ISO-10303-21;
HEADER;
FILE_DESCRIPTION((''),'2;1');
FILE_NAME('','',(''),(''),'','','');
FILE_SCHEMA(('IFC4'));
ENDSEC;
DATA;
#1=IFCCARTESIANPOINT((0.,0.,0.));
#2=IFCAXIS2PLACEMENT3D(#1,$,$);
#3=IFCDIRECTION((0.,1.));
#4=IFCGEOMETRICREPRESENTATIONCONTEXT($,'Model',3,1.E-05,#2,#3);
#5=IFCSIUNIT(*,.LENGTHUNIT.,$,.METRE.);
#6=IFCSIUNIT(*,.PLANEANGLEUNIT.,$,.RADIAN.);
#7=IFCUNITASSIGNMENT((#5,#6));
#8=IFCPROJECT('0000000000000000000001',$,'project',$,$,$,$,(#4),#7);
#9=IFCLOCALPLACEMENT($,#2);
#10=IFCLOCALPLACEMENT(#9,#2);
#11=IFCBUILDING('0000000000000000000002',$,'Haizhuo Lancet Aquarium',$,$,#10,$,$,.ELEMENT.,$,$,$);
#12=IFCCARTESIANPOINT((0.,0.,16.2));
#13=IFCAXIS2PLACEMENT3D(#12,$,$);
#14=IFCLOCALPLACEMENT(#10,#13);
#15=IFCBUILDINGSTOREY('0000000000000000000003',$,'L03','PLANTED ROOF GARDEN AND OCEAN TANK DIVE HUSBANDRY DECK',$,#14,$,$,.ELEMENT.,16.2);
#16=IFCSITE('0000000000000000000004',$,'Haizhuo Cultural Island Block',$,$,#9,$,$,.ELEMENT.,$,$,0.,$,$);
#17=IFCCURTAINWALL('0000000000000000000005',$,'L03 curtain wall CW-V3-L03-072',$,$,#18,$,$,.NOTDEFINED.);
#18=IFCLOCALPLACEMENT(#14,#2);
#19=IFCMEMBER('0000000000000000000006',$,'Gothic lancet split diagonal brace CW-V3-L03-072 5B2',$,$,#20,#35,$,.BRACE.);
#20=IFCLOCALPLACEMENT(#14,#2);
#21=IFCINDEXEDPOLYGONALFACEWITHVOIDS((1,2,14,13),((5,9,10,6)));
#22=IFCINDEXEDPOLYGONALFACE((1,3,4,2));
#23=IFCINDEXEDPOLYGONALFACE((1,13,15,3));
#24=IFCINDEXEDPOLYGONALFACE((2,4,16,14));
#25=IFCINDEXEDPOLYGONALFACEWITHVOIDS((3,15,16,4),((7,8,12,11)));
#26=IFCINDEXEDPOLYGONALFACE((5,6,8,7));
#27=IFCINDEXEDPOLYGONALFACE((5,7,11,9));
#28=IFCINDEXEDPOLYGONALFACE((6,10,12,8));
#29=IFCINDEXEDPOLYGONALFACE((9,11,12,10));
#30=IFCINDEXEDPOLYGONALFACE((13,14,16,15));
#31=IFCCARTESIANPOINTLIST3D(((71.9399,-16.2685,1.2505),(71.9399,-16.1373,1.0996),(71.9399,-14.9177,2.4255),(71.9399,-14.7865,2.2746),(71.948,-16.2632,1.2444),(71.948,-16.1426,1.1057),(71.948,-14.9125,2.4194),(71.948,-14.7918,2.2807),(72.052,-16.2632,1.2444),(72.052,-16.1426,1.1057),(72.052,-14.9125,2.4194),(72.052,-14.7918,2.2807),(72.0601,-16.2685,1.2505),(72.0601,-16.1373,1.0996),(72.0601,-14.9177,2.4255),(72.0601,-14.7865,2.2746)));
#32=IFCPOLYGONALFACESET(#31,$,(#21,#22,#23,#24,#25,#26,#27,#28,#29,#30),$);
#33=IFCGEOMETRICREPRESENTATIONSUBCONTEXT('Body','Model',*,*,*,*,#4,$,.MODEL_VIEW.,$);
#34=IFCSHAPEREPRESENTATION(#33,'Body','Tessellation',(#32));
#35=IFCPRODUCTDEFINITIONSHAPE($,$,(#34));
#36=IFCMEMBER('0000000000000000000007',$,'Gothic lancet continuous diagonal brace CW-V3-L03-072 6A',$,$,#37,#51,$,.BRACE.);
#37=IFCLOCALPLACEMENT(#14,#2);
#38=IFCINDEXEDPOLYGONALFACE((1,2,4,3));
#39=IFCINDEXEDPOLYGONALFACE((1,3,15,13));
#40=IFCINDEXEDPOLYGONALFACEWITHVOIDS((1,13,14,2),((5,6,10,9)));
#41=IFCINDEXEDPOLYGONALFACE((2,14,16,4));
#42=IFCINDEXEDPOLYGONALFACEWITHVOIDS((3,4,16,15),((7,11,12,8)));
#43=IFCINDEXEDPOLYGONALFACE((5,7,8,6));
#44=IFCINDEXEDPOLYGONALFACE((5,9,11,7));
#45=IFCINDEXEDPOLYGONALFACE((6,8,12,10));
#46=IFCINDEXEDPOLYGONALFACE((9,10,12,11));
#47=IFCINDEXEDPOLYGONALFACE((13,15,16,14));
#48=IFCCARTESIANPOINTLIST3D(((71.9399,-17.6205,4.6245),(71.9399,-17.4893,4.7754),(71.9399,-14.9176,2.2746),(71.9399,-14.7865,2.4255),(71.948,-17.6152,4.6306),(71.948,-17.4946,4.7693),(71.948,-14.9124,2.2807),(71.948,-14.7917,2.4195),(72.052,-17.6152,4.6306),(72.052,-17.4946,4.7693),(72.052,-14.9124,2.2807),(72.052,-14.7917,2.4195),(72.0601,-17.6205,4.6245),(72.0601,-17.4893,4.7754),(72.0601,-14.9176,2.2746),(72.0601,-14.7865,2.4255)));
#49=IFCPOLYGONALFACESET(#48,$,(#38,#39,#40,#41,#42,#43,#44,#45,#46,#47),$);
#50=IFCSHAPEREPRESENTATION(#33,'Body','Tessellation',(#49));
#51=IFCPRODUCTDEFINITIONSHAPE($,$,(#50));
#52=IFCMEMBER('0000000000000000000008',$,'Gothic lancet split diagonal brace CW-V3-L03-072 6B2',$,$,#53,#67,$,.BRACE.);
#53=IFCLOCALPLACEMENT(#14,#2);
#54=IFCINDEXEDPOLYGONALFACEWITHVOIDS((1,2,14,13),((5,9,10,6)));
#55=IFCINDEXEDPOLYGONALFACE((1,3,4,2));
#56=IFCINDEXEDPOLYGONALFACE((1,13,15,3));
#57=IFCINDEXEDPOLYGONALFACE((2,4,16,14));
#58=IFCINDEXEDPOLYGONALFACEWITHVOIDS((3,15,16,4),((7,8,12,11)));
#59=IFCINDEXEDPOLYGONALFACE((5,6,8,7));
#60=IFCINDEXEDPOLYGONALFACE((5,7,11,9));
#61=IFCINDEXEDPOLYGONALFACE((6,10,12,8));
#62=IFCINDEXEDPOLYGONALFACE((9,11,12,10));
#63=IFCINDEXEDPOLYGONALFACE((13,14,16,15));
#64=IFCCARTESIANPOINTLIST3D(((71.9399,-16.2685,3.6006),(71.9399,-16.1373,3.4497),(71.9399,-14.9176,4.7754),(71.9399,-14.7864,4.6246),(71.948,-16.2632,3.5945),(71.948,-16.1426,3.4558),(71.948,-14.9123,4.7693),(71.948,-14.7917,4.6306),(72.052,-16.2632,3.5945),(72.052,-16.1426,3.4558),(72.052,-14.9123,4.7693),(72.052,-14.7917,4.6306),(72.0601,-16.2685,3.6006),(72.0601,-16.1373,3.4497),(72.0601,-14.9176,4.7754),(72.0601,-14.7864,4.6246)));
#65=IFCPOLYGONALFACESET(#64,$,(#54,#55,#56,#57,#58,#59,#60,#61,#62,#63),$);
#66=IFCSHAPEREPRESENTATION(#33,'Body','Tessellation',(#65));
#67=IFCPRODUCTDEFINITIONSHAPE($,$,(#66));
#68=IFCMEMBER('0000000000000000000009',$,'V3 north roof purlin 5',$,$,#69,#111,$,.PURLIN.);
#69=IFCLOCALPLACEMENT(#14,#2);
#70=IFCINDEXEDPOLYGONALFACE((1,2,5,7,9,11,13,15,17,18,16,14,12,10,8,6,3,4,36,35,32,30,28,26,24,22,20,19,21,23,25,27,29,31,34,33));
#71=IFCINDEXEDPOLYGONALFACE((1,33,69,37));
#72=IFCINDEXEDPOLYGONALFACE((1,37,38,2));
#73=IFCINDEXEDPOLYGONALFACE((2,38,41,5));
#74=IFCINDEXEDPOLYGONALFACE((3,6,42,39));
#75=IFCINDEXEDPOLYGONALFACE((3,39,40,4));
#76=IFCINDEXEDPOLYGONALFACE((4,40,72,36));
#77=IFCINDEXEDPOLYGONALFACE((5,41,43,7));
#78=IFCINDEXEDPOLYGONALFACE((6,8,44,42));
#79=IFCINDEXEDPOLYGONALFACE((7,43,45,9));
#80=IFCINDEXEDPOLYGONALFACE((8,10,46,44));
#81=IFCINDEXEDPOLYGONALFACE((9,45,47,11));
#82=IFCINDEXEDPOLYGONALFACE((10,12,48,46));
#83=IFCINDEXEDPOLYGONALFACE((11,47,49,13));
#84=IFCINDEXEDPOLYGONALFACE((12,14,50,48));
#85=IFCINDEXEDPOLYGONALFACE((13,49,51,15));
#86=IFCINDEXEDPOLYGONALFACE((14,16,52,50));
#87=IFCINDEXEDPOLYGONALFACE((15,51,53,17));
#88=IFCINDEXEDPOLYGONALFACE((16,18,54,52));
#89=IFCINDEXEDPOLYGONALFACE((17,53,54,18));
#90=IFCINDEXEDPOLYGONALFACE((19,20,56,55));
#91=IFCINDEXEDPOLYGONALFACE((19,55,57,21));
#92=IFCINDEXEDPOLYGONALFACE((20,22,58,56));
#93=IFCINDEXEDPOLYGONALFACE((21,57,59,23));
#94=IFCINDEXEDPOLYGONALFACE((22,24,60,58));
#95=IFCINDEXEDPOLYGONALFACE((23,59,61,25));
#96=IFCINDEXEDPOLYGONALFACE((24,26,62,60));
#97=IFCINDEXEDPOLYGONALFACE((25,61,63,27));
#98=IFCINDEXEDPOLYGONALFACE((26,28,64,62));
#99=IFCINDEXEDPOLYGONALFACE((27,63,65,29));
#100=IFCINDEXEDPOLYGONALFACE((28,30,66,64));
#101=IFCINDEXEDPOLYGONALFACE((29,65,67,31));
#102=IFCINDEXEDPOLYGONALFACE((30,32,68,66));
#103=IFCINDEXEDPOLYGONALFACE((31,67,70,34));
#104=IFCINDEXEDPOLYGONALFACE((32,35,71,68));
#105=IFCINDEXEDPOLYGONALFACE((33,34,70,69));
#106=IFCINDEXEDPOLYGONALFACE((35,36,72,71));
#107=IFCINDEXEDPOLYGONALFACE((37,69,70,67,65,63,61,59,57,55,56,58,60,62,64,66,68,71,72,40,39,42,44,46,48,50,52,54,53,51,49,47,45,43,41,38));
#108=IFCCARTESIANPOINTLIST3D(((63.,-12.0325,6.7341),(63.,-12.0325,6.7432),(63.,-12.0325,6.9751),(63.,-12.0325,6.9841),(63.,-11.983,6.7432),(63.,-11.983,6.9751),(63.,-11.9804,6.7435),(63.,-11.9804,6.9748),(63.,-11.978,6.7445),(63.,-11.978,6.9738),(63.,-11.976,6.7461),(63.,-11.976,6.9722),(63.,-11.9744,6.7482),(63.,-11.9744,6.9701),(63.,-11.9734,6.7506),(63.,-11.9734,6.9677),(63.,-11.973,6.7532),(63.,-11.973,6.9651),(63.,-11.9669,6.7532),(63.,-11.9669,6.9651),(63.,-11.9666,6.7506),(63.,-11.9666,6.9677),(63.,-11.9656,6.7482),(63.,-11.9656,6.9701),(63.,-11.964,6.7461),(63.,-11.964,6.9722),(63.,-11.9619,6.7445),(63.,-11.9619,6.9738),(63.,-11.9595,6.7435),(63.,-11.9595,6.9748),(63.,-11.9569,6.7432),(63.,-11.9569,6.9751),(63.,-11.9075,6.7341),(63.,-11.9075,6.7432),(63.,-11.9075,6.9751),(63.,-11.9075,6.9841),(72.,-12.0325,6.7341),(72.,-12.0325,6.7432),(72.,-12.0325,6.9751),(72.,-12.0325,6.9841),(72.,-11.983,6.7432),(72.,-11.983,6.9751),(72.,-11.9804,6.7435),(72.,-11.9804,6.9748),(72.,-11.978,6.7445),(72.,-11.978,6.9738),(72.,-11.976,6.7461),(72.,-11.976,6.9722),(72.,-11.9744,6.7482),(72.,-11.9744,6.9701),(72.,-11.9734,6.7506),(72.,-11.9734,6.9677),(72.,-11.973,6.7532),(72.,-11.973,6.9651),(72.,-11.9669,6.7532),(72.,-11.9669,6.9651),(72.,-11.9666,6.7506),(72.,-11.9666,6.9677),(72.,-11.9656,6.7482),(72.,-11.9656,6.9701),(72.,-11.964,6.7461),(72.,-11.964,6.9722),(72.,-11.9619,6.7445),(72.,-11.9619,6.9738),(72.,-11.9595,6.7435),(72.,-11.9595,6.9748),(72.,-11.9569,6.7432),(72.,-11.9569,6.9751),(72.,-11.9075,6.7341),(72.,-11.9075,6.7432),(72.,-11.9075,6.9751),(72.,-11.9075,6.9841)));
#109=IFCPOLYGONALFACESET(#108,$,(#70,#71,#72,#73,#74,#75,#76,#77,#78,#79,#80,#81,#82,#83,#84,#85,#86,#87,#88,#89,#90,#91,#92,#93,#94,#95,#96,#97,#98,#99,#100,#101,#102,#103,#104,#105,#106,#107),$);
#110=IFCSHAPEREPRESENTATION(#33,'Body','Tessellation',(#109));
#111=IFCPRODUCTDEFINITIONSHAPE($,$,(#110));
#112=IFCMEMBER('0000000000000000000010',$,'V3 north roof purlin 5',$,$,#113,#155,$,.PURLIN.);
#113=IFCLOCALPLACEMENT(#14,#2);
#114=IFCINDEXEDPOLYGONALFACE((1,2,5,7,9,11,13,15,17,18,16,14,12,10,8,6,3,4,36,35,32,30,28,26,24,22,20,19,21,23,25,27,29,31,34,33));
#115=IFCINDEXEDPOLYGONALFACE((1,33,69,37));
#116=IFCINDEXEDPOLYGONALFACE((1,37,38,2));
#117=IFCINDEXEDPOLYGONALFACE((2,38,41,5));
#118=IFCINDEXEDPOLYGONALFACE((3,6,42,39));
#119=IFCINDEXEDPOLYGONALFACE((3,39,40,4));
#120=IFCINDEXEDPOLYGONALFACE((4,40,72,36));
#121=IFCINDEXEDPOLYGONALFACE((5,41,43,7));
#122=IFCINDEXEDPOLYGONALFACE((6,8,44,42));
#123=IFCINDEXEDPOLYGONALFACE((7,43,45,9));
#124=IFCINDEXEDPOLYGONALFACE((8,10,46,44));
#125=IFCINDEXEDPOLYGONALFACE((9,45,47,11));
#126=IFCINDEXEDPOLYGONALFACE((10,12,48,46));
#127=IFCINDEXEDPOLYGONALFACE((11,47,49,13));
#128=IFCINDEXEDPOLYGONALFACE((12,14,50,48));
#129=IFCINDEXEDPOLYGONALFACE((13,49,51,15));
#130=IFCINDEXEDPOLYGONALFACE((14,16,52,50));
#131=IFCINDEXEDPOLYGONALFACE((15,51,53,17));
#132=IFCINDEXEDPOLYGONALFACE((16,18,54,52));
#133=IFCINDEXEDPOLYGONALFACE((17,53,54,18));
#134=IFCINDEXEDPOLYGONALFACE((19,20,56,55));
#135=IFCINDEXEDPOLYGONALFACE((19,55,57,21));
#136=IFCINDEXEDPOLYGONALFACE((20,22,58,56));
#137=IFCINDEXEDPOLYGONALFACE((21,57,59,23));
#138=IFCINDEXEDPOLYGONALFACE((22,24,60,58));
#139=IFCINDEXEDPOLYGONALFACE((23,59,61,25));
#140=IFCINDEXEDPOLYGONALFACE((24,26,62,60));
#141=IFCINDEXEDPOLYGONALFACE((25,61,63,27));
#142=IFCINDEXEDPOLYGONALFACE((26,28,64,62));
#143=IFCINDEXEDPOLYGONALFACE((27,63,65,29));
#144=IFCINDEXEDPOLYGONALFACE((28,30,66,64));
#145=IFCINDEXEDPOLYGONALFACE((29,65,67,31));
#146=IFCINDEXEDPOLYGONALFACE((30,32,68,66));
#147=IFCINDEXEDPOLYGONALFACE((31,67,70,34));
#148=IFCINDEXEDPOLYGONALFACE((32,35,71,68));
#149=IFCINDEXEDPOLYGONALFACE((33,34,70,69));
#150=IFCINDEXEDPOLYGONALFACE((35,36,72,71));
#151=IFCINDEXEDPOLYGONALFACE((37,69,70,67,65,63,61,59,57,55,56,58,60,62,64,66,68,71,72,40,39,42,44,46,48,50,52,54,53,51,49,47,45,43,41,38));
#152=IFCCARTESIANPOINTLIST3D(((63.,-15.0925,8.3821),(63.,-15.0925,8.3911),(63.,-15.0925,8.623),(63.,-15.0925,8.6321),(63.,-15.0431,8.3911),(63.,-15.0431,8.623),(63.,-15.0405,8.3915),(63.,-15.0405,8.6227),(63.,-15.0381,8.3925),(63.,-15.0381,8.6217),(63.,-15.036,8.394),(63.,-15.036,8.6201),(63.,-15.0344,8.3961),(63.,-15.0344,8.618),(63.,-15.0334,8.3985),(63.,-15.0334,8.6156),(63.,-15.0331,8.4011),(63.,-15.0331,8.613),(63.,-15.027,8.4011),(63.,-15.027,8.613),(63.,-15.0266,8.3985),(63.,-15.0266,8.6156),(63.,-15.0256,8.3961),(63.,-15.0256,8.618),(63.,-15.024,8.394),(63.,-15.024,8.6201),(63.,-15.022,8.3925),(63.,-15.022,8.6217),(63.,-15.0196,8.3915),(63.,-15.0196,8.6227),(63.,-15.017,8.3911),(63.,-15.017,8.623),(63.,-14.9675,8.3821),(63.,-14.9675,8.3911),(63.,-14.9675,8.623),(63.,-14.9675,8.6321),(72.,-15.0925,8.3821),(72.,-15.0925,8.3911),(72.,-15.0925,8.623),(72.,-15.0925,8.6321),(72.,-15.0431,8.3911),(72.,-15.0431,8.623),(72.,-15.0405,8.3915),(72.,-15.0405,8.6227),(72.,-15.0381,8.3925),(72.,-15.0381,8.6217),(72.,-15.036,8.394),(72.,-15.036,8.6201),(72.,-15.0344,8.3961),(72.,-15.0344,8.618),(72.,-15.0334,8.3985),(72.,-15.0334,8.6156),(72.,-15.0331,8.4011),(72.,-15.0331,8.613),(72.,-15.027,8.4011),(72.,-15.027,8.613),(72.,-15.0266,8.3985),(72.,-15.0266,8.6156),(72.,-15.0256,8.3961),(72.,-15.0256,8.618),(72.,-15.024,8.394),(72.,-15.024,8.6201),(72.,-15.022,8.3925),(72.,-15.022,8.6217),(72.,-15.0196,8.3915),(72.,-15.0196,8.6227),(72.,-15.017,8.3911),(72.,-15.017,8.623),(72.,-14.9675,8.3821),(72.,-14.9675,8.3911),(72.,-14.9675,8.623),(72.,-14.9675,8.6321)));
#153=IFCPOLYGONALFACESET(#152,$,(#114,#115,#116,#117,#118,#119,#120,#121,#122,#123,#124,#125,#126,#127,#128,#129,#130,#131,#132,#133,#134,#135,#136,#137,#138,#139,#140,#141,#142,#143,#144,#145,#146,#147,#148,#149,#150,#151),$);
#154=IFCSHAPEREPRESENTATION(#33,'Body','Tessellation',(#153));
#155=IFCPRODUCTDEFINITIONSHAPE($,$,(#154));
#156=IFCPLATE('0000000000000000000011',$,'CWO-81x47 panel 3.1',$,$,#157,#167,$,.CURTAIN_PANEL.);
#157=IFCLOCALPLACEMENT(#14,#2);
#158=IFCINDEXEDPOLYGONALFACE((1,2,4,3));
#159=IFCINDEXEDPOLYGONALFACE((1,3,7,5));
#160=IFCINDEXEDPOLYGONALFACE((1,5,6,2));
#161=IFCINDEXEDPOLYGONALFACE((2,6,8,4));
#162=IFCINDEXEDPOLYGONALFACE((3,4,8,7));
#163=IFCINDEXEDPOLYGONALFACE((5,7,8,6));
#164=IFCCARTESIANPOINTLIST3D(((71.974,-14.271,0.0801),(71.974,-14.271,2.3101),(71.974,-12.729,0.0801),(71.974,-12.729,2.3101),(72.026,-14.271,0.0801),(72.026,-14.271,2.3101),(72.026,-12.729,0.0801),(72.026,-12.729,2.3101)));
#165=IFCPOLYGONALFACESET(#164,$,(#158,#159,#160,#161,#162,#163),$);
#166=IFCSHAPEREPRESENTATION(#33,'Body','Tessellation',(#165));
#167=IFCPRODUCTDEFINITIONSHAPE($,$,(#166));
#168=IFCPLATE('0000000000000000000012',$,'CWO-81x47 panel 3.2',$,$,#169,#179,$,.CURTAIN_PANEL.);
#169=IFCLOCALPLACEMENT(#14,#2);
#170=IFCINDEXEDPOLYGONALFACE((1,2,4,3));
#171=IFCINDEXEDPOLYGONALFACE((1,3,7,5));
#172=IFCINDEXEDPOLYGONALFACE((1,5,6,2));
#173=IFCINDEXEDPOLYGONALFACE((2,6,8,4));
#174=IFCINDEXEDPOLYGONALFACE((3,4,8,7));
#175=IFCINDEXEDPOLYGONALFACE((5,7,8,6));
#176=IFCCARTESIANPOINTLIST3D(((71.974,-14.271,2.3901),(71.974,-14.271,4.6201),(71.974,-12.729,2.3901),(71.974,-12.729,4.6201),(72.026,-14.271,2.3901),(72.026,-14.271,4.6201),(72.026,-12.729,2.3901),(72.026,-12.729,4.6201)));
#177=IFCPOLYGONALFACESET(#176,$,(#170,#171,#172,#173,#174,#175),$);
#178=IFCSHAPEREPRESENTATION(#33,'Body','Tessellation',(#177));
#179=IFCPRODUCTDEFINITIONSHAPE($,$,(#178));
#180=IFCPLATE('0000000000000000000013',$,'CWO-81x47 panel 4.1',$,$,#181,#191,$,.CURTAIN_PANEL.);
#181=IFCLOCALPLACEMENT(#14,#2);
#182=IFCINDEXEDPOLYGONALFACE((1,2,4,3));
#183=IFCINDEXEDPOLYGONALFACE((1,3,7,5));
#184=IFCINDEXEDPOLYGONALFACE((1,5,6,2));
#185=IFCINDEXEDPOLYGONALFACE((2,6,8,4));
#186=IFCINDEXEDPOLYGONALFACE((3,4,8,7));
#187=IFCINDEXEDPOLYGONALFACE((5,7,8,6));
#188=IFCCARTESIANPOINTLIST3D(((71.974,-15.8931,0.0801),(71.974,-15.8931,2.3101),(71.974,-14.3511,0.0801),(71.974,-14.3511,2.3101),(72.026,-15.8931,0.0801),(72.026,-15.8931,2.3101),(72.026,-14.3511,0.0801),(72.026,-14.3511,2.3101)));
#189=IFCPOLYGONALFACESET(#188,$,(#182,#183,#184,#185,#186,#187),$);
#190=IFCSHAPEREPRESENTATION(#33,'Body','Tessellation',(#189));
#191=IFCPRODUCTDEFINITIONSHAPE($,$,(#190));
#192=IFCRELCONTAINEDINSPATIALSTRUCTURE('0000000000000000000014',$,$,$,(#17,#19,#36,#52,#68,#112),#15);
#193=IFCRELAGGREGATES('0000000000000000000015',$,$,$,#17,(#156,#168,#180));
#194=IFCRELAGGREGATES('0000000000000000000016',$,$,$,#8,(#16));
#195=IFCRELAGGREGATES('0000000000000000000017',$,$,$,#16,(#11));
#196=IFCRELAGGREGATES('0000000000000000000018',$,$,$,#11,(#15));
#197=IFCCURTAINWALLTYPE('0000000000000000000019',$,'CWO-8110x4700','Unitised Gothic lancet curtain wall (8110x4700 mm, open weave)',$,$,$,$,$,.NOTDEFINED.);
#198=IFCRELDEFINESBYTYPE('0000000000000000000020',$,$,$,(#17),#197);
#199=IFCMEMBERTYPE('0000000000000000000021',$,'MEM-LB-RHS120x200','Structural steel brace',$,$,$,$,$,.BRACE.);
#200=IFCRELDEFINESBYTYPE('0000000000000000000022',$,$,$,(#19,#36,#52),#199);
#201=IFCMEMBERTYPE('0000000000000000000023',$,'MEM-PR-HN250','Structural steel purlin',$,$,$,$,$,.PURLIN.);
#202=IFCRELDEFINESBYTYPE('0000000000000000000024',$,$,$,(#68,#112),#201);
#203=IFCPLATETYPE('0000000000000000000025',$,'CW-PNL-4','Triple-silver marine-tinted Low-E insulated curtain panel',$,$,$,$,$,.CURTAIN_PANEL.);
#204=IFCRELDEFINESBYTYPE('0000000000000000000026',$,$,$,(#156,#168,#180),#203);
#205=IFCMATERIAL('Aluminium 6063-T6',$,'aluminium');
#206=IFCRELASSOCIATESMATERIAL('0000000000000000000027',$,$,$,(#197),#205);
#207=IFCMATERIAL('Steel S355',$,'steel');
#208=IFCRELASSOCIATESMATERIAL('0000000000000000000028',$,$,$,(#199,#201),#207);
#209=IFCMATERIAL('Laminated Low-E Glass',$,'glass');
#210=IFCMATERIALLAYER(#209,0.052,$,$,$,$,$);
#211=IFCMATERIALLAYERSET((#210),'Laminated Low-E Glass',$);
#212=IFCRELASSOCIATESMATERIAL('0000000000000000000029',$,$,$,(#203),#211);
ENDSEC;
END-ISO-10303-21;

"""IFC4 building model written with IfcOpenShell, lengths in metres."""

from ifc_helpers import new_model, si_unit, direction, frame, origin, origin_2d, place, context, subcontext, project, spatial, rectangle, hollow_rectangle, i_section, extrude, material, layer, layer_set, material_profile, profile_set, type_object, element, aggregate, save


model = new_model("IFC4")

# Units and contexts
model_context = context("Model", 3, precision=1e-05, world=origin(), true_north=direction((0.0, 1.0)))
body_context = subcontext(model_context, "Body", "Model", "MODEL_VIEW")
ifc_project = project(units=[si_unit("LENGTHUNIT", "METRE"), si_unit("PLANEANGLEUNIT", "RADIAN")], contexts=[model_context])

# Site, building, storey
site_placement = place(None, origin())
site = spatial("IfcSite", under=ifc_project, at=site_placement, Name="Haizhuo Cultural Island Block", CompositionType="ELEMENT", RefElevation=0.0)
building_placement = place(site_placement, origin())
building = spatial("IfcBuilding", under=site, at=building_placement, Name="Haizhuo Lancet Aquarium", CompositionType="ELEMENT")
storey_placement = place(building_placement, frame((0.0, 0.0, 16.2)))
storey = spatial("IfcBuildingStorey", under=building, at=storey_placement, Name="L03", Description="PLANTED ROOF GARDEN AND OCEAN TANK DIVE HUSBANDRY DECK", CompositionType="ELEMENT", Elevation=16.2)

# Curtain wall
ifc_material_1 = material(Name="Aluminium 6063-T6", Category="aluminium")
curtain_wall_type = type_object("IfcCurtainWallType", Name="CWO-8110x4700", Description="Unitised Gothic lancet curtain wall (8110x4700 mm, open weave)", PredefinedType="NOTDEFINED", material=ifc_material_1)
curtain_wall_placement = place(storey_placement, origin())
curtain_wall = element("IfcCurtainWall", 1, at=curtain_wall_placement, inside=storey, type_object=curtain_wall_type, Name="L03 curtain wall CW-V3-L03-072", PredefinedType="NOTDEFINED")

# Members
ifc_material_2 = material(Name="Steel S355", Category="steel")
ifc_material_profile_1 = material_profile(ifc_material_2, hollow_rectangle(XDim=0.1201, YDim=0.2, WallThickness=0.0081, at=origin_2d()), Name="RHS 120x200x8")
ifc_profile_set_1 = profile_set([ifc_material_profile_1], Name="Steel S355")
member_type_1 = type_object("IfcMemberType", Name="MEM-LB-RHS120x200", Description="Structural steel brace", PredefinedType="BRACE", material=ifc_profile_set_1)
member_1_placement = place(storey_placement, frame((72.0, -16.2029, 1.175), z_axis=(0.0, 0.754491, 0.65631), x_axis=(-1.0, 0.0, 0.0)))
element("IfcMember", 2, at=member_1_placement, inside=storey, type_object=member_type_1, Name="Gothic lancet split diagonal brace CW-V3-L03-072 5B2", PredefinedType="BRACE", context=body_context, shape_type="SweptSolid", body=[
    extrude(hollow_rectangle(XDim=0.1201, YDim=0.2, WallThickness=0.0081, at=origin_2d()), origin(), (0.0, 0.0, 1.0), 1.7903),
])
member_2_placement = place(storey_placement, frame((72.0, -14.8521, 2.3501), z_axis=(0.0, -0.754672, 0.656103), x_axis=(1.0, 0.0, 0.0)))
element("IfcMember", 3, at=member_2_placement, inside=storey, type_object=member_type_1, Name="Gothic lancet continuous diagonal brace CW-V3-L03-072 6A", PredefinedType="BRACE", context=body_context, shape_type="SweptSolid", body=[
    extrude(hollow_rectangle(XDim=0.1201, YDim=0.2, WallThickness=0.0081, at=origin_2d()), origin(), (0.0, 0.0, 1.0), 3.5815),
])
member_3_placement = place(storey_placement, frame((72.0, -16.2029, 3.5251), z_axis=(0.0, 0.754559, 0.656233), x_axis=(-1.0, 0.0, 0.0)))
element("IfcMember", 4, at=member_3_placement, inside=storey, type_object=member_type_1, Name="Gothic lancet split diagonal brace CW-V3-L03-072 6B2", PredefinedType="BRACE", context=body_context, shape_type="SweptSolid", body=[
    extrude(hollow_rectangle(XDim=0.1201, YDim=0.2, WallThickness=0.0081, at=origin_2d()), origin(), (0.0, 0.0, 1.0), 1.7903),
])
ifc_material_profile_2 = material_profile(ifc_material_2, i_section(OverallWidth=0.125, OverallDepth=0.25, WebThickness=0.0061, FlangeThickness=0.009, FilletRadius=0.01, at=origin_2d()), Name="HN 250x125x6x9")
ifc_profile_set_2 = profile_set([ifc_material_profile_2], Name="Steel S355")
member_type_2 = type_object("IfcMemberType", Name="MEM-PR-HN250", Description="Structural steel purlin", PredefinedType="PURLIN", material=ifc_profile_set_2)
for number, where, z_axis, x_axis, name in (
    (5, (63.0, -11.97, 6.8591), (1.0, 0.0, 0.0), (0.0, 1.0, 0.0), "V3 north roof purlin 5"),
    (6, (63.0, -15.03, 8.5071), (1.0, 0.0, 0.0), (0.0, 1.0, 0.0), "V3 north roof purlin 5"),
):
    element("IfcMember", number, at=place(storey_placement, frame(where, z_axis=z_axis, x_axis=x_axis)), inside=storey, type_object=member_type_2, Name=name, PredefinedType="PURLIN", context=body_context, shape_type="SweptSolid", body=[
        extrude(i_section(OverallWidth=0.125, OverallDepth=0.25, WebThickness=0.0061, FlangeThickness=0.009, FilletRadius=0.01, at=origin_2d()), origin(), (0.0, 0.0, 1.0), 9.0),
    ])

# Plates
ifc_material_3 = material(Name="Laminated Low-E Glass", Category="glass")
ifc_layer_1 = layer(ifc_material_3, 0.052)
ifc_layer_set_1 = layer_set([ifc_layer_1], Name="Laminated Low-E Glass")
plate_type = type_object("IfcPlateType", Name="CW-PNL-4", Description="Triple-silver marine-tinted Low-E insulated curtain panel", PredefinedType="CURTAIN_PANEL", material=ifc_layer_set_1)
plate_1_placement = place(storey_placement, frame((72.0, -13.5, 0.0801), z_axis=(0.0, 0.0, 1.0), x_axis=(0.0, -1.0, 0.0)))
plate_1 = element("IfcPlate", 7, at=plate_1_placement, type_object=plate_type, Name="CWO-81x47 panel 3.1", PredefinedType="CURTAIN_PANEL", context=body_context, shape_type="SweptSolid", body=[
    extrude(rectangle(XDim=1.542, YDim=0.052, at=origin_2d()), origin(), (0.0, 0.0, 1.0), 2.23),
])
plate_2_placement = place(storey_placement, frame((72.0, -13.5, 2.3901), z_axis=(0.0, 0.0, 1.0), x_axis=(0.0, -1.0, 0.0)))
plate_2 = element("IfcPlate", 8, at=plate_2_placement, type_object=plate_type, Name="CWO-81x47 panel 3.2", PredefinedType="CURTAIN_PANEL", context=body_context, shape_type="SweptSolid", body=[
    extrude(rectangle(XDim=1.542, YDim=0.052, at=origin_2d()), origin(), (0.0, 0.0, 1.0), 2.23),
])
plate_3_placement = place(storey_placement, frame((72.0, -15.1221, 0.0801), z_axis=(0.0, 0.0, 1.0), x_axis=(0.0, -1.0, 0.0)))
plate_3 = element("IfcPlate", 9, at=plate_3_placement, type_object=plate_type, Name="CWO-81x47 panel 4.1", PredefinedType="CURTAIN_PANEL", context=body_context, shape_type="SweptSolid", body=[
    extrude(rectangle(XDim=1.542, YDim=0.052, at=origin_2d()), origin(), (0.0, 0.0, 1.0), 2.23),
])
aggregate(curtain_wall, [plate_1, plate_2, plate_3])

save(model, "model.ifc")
